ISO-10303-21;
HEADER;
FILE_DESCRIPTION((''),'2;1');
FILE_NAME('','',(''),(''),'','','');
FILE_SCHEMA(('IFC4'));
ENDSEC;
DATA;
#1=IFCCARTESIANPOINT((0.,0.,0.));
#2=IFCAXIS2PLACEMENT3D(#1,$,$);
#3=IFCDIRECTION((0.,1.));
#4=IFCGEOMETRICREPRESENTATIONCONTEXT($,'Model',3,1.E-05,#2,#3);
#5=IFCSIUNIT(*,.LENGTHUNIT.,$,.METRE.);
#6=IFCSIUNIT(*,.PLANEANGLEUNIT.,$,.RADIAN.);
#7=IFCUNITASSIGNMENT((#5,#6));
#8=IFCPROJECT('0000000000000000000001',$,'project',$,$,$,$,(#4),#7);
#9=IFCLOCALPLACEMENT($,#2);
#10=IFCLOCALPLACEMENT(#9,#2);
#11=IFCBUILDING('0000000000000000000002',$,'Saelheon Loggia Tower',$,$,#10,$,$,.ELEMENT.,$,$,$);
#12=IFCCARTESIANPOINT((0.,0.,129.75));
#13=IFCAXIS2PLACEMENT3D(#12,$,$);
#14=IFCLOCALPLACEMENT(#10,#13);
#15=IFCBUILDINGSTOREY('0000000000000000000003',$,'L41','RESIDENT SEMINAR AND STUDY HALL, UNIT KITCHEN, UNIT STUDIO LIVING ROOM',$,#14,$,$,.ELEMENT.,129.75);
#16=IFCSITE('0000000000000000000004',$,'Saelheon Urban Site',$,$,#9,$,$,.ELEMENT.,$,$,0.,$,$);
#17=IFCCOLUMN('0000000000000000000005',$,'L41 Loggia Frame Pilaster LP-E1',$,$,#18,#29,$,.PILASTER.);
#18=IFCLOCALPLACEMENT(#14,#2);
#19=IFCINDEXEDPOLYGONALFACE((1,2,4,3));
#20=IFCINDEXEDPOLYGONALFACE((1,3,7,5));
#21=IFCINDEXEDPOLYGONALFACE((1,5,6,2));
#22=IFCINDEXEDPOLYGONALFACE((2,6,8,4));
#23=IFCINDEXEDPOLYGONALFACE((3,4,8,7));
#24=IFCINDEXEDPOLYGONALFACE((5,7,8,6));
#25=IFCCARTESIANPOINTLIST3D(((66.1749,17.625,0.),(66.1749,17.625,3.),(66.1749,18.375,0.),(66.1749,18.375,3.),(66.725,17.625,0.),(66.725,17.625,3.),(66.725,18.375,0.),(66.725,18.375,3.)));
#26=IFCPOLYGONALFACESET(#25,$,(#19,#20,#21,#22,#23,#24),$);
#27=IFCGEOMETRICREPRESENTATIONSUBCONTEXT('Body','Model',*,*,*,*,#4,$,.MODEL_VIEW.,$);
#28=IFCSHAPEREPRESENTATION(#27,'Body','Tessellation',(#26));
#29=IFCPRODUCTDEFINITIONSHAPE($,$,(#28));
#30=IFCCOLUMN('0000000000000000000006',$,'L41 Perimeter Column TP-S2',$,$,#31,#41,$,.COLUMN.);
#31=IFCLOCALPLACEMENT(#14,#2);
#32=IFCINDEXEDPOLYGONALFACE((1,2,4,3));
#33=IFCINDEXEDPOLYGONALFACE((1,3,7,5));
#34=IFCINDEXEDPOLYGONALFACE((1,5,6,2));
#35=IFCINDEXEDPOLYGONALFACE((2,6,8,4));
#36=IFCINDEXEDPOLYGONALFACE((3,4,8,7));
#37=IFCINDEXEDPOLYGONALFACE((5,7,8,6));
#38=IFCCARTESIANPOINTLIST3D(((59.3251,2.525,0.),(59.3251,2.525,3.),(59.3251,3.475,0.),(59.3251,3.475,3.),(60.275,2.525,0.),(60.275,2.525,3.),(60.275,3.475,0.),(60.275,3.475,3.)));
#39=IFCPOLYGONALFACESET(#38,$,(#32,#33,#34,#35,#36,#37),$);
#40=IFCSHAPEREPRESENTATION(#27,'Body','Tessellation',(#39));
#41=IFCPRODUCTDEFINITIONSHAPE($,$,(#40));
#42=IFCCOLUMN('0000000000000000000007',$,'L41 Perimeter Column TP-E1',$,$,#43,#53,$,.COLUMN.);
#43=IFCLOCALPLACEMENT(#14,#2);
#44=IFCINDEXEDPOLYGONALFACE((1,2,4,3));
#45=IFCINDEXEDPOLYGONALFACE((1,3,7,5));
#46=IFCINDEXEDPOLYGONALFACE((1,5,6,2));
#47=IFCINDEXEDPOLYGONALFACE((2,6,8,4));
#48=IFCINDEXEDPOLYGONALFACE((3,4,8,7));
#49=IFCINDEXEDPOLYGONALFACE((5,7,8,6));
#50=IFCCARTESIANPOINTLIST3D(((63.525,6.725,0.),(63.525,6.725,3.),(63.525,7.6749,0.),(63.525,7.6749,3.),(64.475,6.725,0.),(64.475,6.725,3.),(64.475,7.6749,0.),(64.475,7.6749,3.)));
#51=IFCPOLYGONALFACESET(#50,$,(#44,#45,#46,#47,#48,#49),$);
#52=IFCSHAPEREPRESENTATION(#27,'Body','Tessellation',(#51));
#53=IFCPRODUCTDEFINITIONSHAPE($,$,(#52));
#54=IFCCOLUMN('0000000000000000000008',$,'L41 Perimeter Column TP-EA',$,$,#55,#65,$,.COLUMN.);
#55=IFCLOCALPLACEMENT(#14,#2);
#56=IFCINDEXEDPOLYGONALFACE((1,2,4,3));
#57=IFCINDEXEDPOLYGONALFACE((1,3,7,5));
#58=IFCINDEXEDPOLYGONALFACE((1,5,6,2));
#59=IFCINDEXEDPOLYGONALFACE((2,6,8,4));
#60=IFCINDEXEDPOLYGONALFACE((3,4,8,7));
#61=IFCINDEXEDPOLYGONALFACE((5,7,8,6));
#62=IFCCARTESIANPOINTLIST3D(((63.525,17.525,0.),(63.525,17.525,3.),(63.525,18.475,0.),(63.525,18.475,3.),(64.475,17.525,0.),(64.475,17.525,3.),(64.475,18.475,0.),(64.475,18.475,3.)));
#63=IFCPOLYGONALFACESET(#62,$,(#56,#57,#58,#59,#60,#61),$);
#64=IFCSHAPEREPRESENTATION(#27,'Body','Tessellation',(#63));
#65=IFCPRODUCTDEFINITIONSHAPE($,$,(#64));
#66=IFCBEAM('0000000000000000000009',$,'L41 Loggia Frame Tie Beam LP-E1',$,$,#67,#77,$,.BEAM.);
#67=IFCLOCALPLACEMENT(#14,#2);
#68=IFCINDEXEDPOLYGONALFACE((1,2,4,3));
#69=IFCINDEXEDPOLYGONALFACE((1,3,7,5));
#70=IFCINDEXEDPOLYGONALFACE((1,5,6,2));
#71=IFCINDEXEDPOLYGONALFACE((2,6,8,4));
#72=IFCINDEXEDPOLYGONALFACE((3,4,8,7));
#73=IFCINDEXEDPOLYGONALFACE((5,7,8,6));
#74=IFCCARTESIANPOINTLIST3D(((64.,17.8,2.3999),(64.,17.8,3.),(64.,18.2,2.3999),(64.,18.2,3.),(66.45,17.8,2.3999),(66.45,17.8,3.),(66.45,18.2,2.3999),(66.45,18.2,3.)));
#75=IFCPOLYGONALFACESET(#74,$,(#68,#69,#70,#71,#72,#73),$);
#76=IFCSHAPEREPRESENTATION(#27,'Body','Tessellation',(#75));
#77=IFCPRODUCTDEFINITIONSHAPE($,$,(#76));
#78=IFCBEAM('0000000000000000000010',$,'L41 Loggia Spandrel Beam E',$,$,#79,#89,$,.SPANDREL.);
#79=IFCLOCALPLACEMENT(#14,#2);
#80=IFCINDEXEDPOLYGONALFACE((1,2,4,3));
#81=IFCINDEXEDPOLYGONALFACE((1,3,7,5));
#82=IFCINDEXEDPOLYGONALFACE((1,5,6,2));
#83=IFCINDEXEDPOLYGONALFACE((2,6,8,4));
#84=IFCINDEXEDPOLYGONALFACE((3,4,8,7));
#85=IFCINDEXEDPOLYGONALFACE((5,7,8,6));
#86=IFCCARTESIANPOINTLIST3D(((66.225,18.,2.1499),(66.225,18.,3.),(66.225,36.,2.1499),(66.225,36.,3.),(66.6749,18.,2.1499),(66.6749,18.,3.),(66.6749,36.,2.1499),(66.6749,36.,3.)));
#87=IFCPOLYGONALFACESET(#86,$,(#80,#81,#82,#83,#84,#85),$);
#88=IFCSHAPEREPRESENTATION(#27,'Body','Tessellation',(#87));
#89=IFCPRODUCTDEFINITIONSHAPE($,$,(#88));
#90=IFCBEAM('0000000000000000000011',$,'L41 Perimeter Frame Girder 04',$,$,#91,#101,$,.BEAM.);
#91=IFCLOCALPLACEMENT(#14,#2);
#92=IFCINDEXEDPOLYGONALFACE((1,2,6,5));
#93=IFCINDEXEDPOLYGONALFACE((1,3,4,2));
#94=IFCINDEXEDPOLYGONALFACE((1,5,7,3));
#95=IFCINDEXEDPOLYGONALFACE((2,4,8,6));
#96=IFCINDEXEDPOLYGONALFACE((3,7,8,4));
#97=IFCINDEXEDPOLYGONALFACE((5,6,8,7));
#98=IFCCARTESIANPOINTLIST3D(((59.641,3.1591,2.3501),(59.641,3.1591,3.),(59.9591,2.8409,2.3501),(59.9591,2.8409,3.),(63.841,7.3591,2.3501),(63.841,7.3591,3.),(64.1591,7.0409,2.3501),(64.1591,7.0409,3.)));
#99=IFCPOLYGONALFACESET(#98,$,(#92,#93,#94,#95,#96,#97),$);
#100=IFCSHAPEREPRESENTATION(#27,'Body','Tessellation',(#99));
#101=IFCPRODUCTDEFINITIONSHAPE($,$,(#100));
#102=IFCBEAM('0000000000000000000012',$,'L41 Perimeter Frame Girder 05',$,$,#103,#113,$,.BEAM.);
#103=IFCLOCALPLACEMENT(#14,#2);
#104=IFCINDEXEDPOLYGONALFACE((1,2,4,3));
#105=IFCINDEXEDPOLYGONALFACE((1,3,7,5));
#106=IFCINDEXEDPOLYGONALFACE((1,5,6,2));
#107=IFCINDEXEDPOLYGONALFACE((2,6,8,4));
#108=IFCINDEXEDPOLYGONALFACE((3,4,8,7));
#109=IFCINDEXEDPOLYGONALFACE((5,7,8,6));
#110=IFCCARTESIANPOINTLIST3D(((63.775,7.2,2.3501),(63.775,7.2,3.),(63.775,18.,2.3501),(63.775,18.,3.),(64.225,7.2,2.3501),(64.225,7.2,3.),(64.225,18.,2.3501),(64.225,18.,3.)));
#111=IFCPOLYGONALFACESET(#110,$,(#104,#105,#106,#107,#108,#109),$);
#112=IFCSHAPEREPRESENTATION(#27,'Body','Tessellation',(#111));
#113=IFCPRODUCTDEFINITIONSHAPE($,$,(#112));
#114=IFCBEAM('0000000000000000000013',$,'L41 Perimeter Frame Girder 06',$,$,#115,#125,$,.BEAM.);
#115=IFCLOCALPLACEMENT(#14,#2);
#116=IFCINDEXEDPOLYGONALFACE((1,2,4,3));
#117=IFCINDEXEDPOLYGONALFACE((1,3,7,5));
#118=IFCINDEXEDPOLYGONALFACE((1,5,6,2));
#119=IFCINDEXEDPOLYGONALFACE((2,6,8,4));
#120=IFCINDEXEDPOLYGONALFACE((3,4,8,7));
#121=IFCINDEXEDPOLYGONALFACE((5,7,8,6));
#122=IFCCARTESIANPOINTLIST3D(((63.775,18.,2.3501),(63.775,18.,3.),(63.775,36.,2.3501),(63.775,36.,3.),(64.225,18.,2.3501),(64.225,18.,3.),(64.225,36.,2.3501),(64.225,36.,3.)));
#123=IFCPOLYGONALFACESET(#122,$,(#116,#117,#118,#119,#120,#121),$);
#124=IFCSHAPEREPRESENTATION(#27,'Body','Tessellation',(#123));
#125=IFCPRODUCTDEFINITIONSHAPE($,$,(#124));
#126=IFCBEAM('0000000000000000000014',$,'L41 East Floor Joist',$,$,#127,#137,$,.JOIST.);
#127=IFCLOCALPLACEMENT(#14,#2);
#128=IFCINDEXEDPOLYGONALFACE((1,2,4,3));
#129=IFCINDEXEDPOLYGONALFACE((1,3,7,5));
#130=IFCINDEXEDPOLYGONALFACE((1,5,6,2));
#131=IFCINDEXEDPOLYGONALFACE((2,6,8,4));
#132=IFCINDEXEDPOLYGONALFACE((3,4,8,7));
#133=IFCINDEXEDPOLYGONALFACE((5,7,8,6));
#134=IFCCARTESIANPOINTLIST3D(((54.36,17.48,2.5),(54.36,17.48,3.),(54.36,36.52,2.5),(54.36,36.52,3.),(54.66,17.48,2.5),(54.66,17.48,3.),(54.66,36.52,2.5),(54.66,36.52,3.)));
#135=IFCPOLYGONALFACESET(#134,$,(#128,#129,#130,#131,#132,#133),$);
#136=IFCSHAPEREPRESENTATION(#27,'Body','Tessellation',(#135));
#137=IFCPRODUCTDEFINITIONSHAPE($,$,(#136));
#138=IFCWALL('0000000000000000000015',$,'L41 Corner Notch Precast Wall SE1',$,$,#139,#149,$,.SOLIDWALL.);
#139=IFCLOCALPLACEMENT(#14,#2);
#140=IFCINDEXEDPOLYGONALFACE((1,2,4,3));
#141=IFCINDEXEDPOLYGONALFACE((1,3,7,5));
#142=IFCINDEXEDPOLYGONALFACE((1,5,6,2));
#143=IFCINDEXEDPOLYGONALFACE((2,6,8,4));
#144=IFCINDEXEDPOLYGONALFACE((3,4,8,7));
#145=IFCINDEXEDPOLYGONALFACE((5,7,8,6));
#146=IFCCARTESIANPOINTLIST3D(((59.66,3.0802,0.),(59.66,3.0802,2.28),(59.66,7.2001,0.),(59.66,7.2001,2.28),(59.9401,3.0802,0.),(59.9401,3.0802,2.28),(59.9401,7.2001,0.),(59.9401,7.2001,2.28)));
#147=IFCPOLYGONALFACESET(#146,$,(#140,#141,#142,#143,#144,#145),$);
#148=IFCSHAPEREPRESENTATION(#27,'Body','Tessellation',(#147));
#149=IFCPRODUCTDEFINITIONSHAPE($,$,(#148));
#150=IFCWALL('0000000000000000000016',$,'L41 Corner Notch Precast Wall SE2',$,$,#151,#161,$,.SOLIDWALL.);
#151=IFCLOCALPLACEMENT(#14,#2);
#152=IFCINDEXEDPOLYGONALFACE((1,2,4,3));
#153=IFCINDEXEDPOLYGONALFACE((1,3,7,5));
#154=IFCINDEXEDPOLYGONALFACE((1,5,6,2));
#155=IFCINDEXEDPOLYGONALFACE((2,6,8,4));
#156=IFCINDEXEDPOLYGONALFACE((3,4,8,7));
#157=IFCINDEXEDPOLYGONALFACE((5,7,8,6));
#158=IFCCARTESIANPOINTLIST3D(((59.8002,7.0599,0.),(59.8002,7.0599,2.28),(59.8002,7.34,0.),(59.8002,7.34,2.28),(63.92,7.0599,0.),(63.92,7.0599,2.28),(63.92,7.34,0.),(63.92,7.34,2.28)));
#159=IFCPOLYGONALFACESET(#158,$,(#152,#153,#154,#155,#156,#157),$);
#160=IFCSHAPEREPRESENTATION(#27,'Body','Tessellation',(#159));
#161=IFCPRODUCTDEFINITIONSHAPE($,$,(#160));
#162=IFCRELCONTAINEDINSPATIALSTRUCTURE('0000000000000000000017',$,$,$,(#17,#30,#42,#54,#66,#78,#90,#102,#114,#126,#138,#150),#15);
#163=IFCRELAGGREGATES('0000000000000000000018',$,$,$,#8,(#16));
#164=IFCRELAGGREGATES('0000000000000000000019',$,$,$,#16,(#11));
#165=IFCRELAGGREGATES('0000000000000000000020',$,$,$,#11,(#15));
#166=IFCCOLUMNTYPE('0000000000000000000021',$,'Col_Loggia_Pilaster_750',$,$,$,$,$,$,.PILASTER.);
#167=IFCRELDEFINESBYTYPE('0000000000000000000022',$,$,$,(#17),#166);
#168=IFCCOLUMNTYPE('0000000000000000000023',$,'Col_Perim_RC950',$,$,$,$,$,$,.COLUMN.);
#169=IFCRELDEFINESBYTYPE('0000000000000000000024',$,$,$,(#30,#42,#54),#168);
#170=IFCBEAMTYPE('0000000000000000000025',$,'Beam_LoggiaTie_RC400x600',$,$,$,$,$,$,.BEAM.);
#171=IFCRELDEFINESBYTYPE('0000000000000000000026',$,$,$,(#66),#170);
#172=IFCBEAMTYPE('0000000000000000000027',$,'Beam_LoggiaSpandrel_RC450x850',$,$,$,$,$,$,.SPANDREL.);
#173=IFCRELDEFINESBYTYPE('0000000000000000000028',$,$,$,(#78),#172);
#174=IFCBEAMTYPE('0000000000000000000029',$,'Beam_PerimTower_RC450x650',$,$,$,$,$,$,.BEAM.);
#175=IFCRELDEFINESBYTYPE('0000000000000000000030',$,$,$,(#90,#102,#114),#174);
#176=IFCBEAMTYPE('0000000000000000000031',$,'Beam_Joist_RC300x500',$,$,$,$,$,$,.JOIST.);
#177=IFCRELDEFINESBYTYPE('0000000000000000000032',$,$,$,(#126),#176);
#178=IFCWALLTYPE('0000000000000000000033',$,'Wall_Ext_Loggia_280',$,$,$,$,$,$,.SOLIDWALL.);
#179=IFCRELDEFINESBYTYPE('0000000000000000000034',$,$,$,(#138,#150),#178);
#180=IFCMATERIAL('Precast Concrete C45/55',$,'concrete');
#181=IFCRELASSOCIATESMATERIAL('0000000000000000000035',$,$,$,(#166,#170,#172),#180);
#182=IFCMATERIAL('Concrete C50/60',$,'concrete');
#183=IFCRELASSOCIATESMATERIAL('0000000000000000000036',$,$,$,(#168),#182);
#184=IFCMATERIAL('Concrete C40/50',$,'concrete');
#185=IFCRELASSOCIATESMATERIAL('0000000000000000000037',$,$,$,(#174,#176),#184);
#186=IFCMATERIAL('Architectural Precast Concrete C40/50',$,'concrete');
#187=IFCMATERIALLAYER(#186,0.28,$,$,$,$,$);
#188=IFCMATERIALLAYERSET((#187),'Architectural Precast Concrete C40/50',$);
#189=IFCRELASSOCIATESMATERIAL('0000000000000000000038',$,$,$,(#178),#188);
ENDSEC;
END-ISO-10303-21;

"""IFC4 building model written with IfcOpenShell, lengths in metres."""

from ifc_helpers import new_model, si_unit, direction, frame, frame_2d, origin, origin_2d, place, context, subcontext, project, spatial, rectangle, extrude, source, transform, mapped, material, layer, layer_set, material_profile, profile_set, type_object, element, save


model = new_model("IFC4")

# Units and contexts
model_context = context("Model", 3, precision=1e-05, world=origin(), true_north=direction((0.0, 1.0)))
body_context = subcontext(model_context, "Body", "Model", "MODEL_VIEW")
ifc_project = project(units=[si_unit("LENGTHUNIT", "METRE"), si_unit("PLANEANGLEUNIT", "RADIAN")], contexts=[model_context])

# Site, building, storey
site_placement = place(None, origin())
site = spatial("IfcSite", under=ifc_project, at=site_placement, Name="Saelheon Urban Site", CompositionType="ELEMENT", RefElevation=0.0)
building_placement = place(site_placement, origin())
building = spatial("IfcBuilding", under=site, at=building_placement, Name="Saelheon Loggia Tower", CompositionType="ELEMENT")
storey_placement = place(building_placement, frame((0.0, 0.0, 129.75)))
storey = spatial("IfcBuildingStorey", under=building, at=storey_placement, Name="L41", Description="RESIDENT SEMINAR AND STUDY HALL, UNIT KITCHEN, UNIT STUDIO LIVING ROOM", CompositionType="ELEMENT", Elevation=129.75)

# Columns
ifc_material_1 = material(Name="Precast Concrete C45/55", Category="concrete")
ifc_material_profile_1 = material_profile(ifc_material_1, rectangle(XDim=0.55, YDim=0.75, at=origin_2d()), Name="RC-550x750")
ifc_profile_set_1 = profile_set([ifc_material_profile_1], Name="Precast Concrete C45/55")
column_type_1 = type_object("IfcColumnType", Name="Col_Loggia_Pilaster_750", PredefinedType="PILASTER", material=ifc_profile_set_1)
shared_shape_1 = source(origin(), body_context, "Body", "SweptSolid", [
    extrude(rectangle(XDim=0.55, YDim=0.75, at=origin_2d()), origin(), (0.0, 0.0, 1.0), 3.0),
])
column_placement = place(storey_placement, frame((66.45, 18.0, 0.0), z_axis=(0.0, 0.0, 1.0), x_axis=(1.0, 0.0, 0.0)))
element("IfcColumn", 1, at=column_placement, inside=storey, type_object=column_type_1, Name="L41 Loggia Frame Pilaster LP-E1", PredefinedType="PILASTER", context=body_context, shape_type="MappedRepresentation", body=[
    mapped(shared_shape_1, transform((0.0, 0.0, 0.0), scale=1.0)),
])
ifc_material_2 = material(Name="Concrete C50/60", Category="concrete")
ifc_material_profile_2 = material_profile(ifc_material_2, rectangle(XDim=0.95, YDim=0.95, at=origin_2d()), Name="RC-950x950")
ifc_profile_set_2 = profile_set([ifc_material_profile_2], Name="Concrete C50/60")
column_type_2 = type_object("IfcColumnType", Name="Col_Perim_RC950", PredefinedType="COLUMN", material=ifc_profile_set_2)
shared_shape_2 = source(origin(), body_context, "Body", "SweptSolid", [
    extrude(rectangle(XDim=0.95, YDim=0.95, at=origin_2d()), origin(), (0.0, 0.0, 1.0), 3.0),
])
for number, where, z_axis, x_axis, name in (
    (2, (59.8, 3.0, 0.0), (0.0, 0.0, 1.0), (1.0, 0.0, 0.0), "L41 Perimeter Column TP-S2"),
    (3, (64.0, 7.2, 0.0), (0.0, 0.0, 1.0), (1.0, 0.0, 0.0), "L41 Perimeter Column TP-E1"),
    (4, (64.0, 18.0, 0.0), (0.0, 0.0, 1.0), (1.0, 0.0, 0.0), "L41 Perimeter Column TP-EA"),
):
    element("IfcColumn", number, at=place(storey_placement, frame(where, z_axis=z_axis, x_axis=x_axis)), inside=storey, type_object=column_type_2, Name=name, PredefinedType="COLUMN", context=body_context, shape_type="MappedRepresentation", body=[
        mapped(shared_shape_2, transform((0.0, 0.0, 0.0), scale=1.0)),
    ])

# Beams
ifc_material_profile_3 = material_profile(ifc_material_1, rectangle(XDim=0.3999, YDim=0.6001, at=origin_2d()), Name="RC-400x600")
ifc_profile_set_3 = profile_set([ifc_material_profile_3], Name="Precast Concrete C45/55")
beam_type_1 = type_object("IfcBeamType", Name="Beam_LoggiaTie_RC400x600", PredefinedType="BEAM", material=ifc_profile_set_3)
shared_shape_3 = source(origin(), body_context, "Body", "SweptSolid", [
    extrude(rectangle(XDim=0.3999, YDim=0.6001, at=origin_2d()), origin(), (0.0, 0.0, 1.0), 2.45),
])
beam_1_placement = place(storey_placement, frame((64.0, 18.0, 2.7), z_axis=(1.0, 0.0, 0.0), x_axis=(0.0, 1.0, 0.0)))
element("IfcBeam", 5, at=beam_1_placement, inside=storey, type_object=beam_type_1, Name="L41 Loggia Frame Tie Beam LP-E1", PredefinedType="BEAM", context=body_context, shape_type="MappedRepresentation", body=[
    mapped(shared_shape_3, transform((0.0, 0.0, 0.0), scale=1.0)),
])
ifc_material_profile_4 = material_profile(ifc_material_1, rectangle(XDim=0.45, YDim=0.8501, at=origin_2d()), Name="RC-450x850")
ifc_profile_set_4 = profile_set([ifc_material_profile_4], Name="Precast Concrete C45/55")
beam_type_2 = type_object("IfcBeamType", Name="Beam_LoggiaSpandrel_RC450x850", PredefinedType="SPANDREL", material=ifc_profile_set_4)
shared_shape_4 = source(origin(), body_context, "Body", "SweptSolid", [
    extrude(rectangle(XDim=0.45, YDim=0.8501, at=origin_2d()), origin(), (0.0, 0.0, 1.0), 18.0),
])
beam_2_placement = place(storey_placement, frame((66.45, 18.0, 2.575), z_axis=(0.0, 1.0, 0.0), x_axis=(-1.0, 0.0, 0.0)))
element("IfcBeam", 6, at=beam_2_placement, inside=storey, type_object=beam_type_2, Name="L41 Loggia Spandrel Beam E", PredefinedType="SPANDREL", context=body_context, shape_type="MappedRepresentation", body=[
    mapped(shared_shape_4, transform((0.0, 0.0, 0.0), scale=1.0)),
])
ifc_material_3 = material(Name="Concrete C40/50", Category="concrete")
ifc_material_profile_5 = material_profile(ifc_material_3, rectangle(XDim=0.45, YDim=0.6499, at=origin_2d()), Name="RC-450x650")
ifc_profile_set_5 = profile_set([ifc_material_profile_5], Name="Concrete C40/50")
beam_type_3 = type_object("IfcBeamType", Name="Beam_PerimTower_RC450x650", PredefinedType="BEAM", material=ifc_profile_set_5)
shared_shape_5 = source(origin(), body_context, "Body", "SweptSolid", [
    extrude(rectangle(XDim=0.45, YDim=0.6499, at=origin_2d()), origin(), (0.0, 0.0, 1.0), 5.9397),
])
beam_3_placement = place(storey_placement, frame((59.8, 3.0, 2.675), z_axis=(0.707107, 0.707107, 0.0), x_axis=(-0.707107, 0.707107, 0.0)))
element("IfcBeam", 7, at=beam_3_placement, inside=storey, type_object=beam_type_3, Name="L41 Perimeter Frame Girder 04", PredefinedType="BEAM", context=body_context, shape_type="MappedRepresentation", body=[
    mapped(shared_shape_5, transform((0.0, 0.0, 0.0), scale=1.0)),
])
shared_shape_6 = source(origin(), body_context, "Body", "SweptSolid", [
    extrude(rectangle(XDim=0.45, YDim=0.6499, at=origin_2d()), origin(), (0.0, 0.0, 1.0), 10.8),
])
beam_4_placement = place(storey_placement, frame((64.0, 7.2, 2.675), z_axis=(0.0, 1.0, 0.0), x_axis=(-1.0, 0.0, 0.0)))
element("IfcBeam", 8, at=beam_4_placement, inside=storey, type_object=beam_type_3, Name="L41 Perimeter Frame Girder 05", PredefinedType="BEAM", context=body_context, shape_type="MappedRepresentation", body=[
    mapped(shared_shape_6, transform((0.0, 0.0, 0.0), scale=1.0)),
])
shared_shape_7 = source(origin(), body_context, "Body", "SweptSolid", [
    extrude(rectangle(XDim=0.45, YDim=0.6499, at=origin_2d()), origin(), (0.0, 0.0, 1.0), 18.0),
])
beam_5_placement = place(storey_placement, frame((64.0, 18.0, 2.675), z_axis=(0.0, 1.0, 0.0), x_axis=(-1.0, 0.0, 0.0)))
element("IfcBeam", 9, at=beam_5_placement, inside=storey, type_object=beam_type_3, Name="L41 Perimeter Frame Girder 06", PredefinedType="BEAM", context=body_context, shape_type="MappedRepresentation", body=[
    mapped(shared_shape_7, transform((0.0, 0.0, 0.0), scale=1.0)),
])
ifc_material_profile_6 = material_profile(ifc_material_3, rectangle(XDim=0.3, YDim=0.5, at=origin_2d()), Name="RC-300x500")
ifc_profile_set_6 = profile_set([ifc_material_profile_6], Name="Concrete C40/50")
beam_type_4 = type_object("IfcBeamType", Name="Beam_Joist_RC300x500", PredefinedType="JOIST", material=ifc_profile_set_6)
shared_shape_8 = source(origin(), body_context, "Body", "SweptSolid", [
    extrude(rectangle(XDim=0.3, YDim=0.5, at=origin_2d()), origin(), (0.0, 0.0, 1.0), 19.04),
])
beam_6_placement = place(storey_placement, frame((54.51, 17.48, 2.75), z_axis=(0.0, 1.0, 0.0), x_axis=(-1.0, 0.0, 0.0)))
element("IfcBeam", 10, at=beam_6_placement, inside=storey, type_object=beam_type_4, Name="L41 East Floor Joist", PredefinedType="JOIST", context=body_context, shape_type="MappedRepresentation", body=[
    mapped(shared_shape_8, transform((0.0, 0.0, 0.0), scale=1.0)),
])

# Shared definitions
ifc_material_4 = material(Name="Architectural Precast Concrete C40/50", Category="concrete")
ifc_layer_1 = layer(ifc_material_4, 0.28)
ifc_layer_set_1 = layer_set([ifc_layer_1], Name="Architectural Precast Concrete C40/50")
wall_type_1 = type_object("IfcWallType", Name="Wall_Ext_Loggia_280", PredefinedType="SOLIDWALL", material=ifc_layer_set_1)

# Walls
for number, where, z_axis, x_axis, name in (
    (11, (59.8, 3.0801, 0.0), (0.0, 0.0, 1.0), (0.0, 1.0, 0.0), "L41 Corner Notch Precast Wall SE1"),
    (12, (59.8, 7.2, 0.0), (0.0, 0.0, 1.0), (1.0, 0.0, 0.0), "L41 Corner Notch Precast Wall SE2"),
):
    element("IfcWall", number, at=place(storey_placement, frame(where, z_axis=z_axis, x_axis=x_axis)), inside=storey, type_object=wall_type_1, Name=name, PredefinedType="SOLIDWALL", context=body_context, shape_type="SweptSolid", body=[
        extrude(rectangle(XDim=4.1199, YDim=0.28, at=frame_2d((2.0601, 0.0))), origin(), (0.0, 0.0, 1.0), 2.28),
    ])

save(model, "model.ifc")
